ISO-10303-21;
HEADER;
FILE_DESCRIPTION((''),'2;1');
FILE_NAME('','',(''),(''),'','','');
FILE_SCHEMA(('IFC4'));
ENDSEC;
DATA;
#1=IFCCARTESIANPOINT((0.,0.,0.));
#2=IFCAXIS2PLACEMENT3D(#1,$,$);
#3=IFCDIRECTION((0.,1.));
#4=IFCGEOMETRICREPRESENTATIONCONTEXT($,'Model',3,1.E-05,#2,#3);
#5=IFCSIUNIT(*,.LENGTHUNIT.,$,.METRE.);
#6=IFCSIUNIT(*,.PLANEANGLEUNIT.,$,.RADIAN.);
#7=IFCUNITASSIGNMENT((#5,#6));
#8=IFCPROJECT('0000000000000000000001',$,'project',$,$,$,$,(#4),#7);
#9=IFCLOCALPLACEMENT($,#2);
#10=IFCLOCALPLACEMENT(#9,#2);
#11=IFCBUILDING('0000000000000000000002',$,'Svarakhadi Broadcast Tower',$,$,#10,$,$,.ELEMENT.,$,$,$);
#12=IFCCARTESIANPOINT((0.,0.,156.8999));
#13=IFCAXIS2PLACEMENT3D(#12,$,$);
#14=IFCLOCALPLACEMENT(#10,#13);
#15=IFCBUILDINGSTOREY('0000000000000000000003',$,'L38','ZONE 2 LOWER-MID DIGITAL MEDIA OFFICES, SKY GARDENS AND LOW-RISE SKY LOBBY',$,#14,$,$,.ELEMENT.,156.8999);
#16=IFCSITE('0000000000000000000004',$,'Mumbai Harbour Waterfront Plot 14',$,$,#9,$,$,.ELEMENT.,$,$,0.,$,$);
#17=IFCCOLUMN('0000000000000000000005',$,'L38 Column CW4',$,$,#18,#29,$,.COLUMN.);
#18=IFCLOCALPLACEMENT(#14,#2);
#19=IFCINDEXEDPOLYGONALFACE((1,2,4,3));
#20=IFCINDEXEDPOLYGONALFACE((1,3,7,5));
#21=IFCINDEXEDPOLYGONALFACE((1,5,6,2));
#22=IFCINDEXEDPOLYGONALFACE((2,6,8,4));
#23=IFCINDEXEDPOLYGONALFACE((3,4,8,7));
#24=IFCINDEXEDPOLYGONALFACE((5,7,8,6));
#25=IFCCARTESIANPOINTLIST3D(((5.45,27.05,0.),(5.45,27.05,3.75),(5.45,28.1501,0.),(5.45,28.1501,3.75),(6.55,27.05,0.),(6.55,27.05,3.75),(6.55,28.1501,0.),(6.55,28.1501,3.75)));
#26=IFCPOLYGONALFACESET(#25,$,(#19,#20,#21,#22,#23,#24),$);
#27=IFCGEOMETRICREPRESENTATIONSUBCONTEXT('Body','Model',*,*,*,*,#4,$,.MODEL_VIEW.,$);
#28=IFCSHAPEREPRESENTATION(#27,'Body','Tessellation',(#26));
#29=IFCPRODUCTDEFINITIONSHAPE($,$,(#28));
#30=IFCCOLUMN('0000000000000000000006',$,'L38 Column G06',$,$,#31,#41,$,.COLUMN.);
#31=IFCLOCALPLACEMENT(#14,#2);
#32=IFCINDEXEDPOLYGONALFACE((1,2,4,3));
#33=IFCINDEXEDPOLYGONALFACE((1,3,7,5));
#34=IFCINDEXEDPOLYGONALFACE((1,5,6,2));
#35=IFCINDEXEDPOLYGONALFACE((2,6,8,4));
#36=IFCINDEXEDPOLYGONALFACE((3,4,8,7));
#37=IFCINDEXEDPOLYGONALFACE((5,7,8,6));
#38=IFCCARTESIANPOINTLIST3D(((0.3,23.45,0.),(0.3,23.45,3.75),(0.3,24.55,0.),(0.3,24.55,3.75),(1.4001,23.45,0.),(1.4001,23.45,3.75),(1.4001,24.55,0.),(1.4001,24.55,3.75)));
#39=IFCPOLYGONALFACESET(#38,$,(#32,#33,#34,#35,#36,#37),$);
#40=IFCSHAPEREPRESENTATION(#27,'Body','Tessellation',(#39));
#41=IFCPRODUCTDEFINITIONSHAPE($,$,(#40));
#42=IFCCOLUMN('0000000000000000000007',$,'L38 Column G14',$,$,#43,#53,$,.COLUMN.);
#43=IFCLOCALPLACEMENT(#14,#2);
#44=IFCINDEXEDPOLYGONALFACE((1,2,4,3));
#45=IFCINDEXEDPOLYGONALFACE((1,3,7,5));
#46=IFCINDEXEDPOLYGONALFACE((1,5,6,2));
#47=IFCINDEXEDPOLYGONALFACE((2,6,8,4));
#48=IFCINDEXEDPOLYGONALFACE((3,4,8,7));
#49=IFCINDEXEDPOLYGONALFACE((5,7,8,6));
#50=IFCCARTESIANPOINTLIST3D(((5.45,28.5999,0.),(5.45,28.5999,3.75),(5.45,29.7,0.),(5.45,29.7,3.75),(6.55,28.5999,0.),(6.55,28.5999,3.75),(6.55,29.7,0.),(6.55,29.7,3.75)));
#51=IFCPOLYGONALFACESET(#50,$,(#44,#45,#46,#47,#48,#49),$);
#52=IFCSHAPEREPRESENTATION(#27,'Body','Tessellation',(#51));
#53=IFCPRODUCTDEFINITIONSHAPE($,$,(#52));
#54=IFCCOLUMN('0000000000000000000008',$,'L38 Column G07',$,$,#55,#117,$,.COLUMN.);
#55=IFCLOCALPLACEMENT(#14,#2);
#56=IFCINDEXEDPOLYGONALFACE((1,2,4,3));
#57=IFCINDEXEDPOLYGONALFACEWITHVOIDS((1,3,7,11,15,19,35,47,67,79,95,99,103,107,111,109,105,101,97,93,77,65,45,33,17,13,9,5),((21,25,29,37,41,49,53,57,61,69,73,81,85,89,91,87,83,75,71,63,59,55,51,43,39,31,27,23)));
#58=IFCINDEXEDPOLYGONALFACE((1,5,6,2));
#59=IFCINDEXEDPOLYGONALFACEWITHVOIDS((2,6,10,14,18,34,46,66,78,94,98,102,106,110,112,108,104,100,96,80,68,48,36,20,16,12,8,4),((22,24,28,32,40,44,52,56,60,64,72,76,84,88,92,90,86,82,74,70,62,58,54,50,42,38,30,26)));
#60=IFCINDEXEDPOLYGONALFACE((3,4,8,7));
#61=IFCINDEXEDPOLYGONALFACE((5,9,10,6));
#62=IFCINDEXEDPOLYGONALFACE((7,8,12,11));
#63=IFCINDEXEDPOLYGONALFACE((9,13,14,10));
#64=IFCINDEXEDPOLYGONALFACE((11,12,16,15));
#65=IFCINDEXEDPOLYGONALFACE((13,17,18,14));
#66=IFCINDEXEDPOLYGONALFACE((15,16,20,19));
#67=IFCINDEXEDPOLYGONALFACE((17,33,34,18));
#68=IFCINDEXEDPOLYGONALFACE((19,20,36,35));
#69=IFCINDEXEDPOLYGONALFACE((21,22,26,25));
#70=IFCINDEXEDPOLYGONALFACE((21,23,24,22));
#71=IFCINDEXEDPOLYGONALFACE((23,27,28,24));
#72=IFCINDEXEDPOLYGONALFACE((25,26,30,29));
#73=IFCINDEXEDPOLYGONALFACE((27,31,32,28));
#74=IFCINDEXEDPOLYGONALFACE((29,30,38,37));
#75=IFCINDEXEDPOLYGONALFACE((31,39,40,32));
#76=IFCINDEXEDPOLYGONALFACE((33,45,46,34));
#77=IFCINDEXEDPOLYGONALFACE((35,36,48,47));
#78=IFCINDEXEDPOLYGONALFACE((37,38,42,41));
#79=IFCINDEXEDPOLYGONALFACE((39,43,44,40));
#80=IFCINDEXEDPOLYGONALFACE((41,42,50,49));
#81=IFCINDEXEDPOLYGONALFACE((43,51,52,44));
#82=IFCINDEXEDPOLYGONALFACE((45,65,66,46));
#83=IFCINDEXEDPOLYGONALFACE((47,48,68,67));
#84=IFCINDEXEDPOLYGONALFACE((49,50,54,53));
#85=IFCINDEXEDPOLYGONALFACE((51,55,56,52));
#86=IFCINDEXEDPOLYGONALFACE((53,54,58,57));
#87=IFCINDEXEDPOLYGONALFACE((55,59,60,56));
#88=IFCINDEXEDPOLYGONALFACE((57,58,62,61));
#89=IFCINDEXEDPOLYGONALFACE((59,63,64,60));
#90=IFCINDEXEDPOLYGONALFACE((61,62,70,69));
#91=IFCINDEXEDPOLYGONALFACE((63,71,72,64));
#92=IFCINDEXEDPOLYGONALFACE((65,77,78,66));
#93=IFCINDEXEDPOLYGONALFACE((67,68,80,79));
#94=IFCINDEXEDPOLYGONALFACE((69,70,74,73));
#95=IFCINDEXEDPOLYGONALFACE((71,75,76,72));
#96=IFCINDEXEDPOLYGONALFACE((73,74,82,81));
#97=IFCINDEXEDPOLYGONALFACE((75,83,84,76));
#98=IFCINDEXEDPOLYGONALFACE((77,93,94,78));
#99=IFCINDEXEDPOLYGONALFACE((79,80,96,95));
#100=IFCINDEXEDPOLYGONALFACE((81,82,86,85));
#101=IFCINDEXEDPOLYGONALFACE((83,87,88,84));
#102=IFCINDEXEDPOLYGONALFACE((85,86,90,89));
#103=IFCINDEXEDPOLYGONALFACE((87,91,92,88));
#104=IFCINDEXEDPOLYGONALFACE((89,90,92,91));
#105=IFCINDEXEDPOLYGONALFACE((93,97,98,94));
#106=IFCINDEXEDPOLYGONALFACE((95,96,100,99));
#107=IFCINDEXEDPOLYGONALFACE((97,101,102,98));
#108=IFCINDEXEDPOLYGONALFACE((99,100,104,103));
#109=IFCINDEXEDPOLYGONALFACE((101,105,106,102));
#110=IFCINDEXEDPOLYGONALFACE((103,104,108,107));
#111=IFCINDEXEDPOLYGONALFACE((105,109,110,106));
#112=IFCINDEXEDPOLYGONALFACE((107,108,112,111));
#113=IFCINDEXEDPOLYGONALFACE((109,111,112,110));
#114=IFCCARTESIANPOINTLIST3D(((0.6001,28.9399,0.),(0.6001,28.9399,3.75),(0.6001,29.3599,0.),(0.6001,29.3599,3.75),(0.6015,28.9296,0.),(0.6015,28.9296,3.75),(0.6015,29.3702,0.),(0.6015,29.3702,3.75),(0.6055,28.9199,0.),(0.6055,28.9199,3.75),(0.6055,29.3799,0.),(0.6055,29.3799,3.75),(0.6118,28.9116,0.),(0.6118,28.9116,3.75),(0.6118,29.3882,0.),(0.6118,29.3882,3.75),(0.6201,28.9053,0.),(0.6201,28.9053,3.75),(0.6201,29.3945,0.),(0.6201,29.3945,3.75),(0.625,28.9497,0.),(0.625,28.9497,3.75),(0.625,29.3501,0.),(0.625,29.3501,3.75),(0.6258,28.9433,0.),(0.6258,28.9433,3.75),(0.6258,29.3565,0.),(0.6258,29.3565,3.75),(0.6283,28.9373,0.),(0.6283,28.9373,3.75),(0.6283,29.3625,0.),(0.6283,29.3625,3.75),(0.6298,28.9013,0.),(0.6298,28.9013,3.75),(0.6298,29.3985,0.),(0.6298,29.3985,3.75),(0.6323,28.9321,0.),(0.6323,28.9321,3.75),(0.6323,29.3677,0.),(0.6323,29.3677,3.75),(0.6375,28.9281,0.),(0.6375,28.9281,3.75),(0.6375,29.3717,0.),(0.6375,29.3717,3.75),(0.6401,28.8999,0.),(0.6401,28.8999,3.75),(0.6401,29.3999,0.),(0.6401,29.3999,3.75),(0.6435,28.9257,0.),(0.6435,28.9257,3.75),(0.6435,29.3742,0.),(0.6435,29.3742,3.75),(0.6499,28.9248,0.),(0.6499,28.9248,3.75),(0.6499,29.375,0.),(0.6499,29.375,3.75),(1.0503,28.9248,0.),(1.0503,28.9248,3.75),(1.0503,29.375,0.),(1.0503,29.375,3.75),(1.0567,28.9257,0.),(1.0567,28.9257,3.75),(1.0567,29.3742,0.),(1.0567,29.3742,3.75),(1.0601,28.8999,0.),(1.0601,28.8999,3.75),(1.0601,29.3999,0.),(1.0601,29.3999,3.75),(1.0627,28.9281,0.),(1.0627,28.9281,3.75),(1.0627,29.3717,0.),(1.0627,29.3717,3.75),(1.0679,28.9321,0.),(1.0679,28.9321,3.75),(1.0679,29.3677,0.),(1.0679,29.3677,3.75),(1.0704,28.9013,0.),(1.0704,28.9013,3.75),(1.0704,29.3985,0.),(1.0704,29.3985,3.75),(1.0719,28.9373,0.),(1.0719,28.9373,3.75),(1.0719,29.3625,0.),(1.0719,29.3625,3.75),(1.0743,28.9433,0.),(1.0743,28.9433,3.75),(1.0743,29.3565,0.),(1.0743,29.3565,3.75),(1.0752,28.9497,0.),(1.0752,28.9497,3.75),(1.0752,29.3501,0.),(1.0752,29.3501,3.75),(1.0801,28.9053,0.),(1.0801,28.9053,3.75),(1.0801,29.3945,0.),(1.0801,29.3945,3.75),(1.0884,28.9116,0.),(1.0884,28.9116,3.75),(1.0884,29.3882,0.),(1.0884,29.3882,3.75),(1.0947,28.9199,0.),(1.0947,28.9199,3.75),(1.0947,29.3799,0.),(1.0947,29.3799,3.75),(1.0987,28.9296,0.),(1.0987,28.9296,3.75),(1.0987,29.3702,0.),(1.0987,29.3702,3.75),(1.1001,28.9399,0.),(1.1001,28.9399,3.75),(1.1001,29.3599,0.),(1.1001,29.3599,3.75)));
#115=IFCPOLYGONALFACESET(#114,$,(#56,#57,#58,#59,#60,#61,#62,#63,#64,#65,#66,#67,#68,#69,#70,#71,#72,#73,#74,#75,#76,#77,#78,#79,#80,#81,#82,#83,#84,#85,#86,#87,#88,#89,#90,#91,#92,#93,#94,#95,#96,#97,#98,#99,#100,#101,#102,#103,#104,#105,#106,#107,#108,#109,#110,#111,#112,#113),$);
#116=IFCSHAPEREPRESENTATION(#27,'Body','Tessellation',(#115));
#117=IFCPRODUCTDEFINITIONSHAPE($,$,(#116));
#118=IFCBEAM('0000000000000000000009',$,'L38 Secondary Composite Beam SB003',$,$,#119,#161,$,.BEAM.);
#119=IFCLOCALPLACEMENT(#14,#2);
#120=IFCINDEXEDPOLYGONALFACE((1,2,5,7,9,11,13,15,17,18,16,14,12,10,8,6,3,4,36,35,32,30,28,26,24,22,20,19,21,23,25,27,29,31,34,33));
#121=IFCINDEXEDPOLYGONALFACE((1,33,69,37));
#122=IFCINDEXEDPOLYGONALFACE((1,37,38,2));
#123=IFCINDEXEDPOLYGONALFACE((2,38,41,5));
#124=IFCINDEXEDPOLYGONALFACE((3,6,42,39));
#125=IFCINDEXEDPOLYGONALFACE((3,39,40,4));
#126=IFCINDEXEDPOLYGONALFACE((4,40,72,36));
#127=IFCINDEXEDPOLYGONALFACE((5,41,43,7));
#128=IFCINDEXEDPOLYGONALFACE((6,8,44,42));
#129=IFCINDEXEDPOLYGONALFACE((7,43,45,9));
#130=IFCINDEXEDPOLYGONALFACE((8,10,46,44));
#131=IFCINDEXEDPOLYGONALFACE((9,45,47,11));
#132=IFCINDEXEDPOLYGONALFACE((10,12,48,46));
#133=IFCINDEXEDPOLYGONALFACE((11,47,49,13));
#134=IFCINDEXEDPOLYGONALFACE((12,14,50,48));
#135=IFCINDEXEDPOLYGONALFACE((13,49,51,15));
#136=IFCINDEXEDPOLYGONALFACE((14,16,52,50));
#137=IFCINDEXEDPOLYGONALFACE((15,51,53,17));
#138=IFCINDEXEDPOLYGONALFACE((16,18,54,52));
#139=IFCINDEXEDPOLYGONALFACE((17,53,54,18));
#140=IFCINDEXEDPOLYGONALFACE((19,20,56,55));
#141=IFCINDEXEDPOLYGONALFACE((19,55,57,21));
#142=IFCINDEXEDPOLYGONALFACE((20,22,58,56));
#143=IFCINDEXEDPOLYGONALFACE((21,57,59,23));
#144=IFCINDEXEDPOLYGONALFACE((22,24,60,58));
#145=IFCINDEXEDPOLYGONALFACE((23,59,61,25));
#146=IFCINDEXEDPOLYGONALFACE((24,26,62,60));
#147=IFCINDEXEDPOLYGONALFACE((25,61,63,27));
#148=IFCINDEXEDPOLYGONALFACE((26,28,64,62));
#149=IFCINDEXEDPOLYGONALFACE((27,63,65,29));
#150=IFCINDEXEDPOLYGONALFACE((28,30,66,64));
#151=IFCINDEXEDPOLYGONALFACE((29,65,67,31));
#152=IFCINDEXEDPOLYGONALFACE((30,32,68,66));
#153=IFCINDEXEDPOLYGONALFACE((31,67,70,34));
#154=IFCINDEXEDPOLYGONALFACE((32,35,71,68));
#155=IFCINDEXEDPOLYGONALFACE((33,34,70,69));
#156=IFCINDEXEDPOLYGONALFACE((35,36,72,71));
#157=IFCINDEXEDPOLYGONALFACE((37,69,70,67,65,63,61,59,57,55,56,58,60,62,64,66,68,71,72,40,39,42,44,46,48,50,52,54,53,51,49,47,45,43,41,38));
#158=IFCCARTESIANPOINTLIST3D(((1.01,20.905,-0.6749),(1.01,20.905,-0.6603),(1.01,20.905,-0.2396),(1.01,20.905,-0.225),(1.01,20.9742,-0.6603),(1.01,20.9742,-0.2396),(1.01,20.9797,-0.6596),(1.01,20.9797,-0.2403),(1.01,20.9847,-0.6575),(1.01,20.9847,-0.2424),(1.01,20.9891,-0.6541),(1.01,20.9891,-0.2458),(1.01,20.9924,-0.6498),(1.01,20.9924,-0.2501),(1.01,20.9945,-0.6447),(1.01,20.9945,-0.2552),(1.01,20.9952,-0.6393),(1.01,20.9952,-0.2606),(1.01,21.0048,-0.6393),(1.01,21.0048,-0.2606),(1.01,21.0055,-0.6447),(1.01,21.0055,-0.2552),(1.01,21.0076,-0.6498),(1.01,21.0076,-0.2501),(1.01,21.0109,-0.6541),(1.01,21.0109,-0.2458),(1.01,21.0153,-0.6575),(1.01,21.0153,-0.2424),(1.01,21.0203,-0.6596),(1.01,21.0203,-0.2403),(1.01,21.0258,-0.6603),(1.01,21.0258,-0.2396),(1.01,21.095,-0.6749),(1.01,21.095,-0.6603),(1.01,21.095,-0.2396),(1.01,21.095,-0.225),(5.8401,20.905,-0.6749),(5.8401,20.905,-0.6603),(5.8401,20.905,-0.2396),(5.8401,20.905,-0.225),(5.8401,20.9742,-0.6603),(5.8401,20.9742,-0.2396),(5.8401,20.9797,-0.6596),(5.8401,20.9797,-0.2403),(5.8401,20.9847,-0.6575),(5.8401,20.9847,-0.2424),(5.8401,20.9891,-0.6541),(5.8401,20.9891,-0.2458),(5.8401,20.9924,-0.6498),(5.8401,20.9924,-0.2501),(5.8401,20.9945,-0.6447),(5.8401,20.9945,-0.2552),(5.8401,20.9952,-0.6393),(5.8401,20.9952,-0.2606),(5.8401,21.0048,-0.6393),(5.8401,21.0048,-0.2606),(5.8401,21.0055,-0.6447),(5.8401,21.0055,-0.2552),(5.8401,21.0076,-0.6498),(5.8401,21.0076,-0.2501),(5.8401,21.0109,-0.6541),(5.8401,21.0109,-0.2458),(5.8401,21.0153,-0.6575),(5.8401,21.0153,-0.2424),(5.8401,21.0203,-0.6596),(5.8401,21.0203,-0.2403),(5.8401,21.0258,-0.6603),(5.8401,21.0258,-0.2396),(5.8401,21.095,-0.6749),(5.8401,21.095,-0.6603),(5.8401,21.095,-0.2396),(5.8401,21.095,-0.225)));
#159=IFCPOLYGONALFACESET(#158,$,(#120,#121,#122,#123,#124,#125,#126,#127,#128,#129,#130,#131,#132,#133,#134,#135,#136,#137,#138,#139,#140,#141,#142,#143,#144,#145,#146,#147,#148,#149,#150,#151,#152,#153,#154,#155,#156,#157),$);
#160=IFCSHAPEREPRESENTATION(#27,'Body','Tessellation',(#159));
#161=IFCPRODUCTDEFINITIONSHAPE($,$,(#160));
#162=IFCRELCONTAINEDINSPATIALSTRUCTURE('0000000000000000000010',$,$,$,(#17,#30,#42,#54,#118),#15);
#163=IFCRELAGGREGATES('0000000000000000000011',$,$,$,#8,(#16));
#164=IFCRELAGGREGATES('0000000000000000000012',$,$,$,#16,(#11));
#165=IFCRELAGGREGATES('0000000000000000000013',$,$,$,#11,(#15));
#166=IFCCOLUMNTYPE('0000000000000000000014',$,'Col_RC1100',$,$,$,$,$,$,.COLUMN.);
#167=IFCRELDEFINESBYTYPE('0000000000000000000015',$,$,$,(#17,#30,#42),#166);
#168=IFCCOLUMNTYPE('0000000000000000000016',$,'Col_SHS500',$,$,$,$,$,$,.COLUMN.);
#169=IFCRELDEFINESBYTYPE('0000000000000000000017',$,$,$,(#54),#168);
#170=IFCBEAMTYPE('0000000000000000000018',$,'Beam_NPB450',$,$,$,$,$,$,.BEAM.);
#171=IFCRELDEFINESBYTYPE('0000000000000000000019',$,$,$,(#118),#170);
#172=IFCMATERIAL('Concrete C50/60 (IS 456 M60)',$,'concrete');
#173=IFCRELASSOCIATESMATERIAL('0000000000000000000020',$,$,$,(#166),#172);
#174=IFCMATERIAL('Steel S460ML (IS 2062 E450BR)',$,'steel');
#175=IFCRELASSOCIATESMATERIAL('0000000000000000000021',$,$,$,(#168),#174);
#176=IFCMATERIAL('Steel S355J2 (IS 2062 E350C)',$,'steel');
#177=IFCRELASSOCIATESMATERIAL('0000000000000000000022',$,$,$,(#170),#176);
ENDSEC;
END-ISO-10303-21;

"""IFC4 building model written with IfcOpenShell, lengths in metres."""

from ifc_helpers import new_model, si_unit, direction, frame, origin, origin_2d, place, context, subcontext, project, spatial, rectangle, hollow_rectangle, i_section, extrude, material, material_profile, profile_set, type_object, element, save


model = new_model("IFC4")

# Units and contexts
model_context = context("Model", 3, precision=1e-05, world=origin(), true_north=direction((0.0, 1.0)))
body_context = subcontext(model_context, "Body", "Model", "MODEL_VIEW")
ifc_project = project(units=[si_unit("LENGTHUNIT", "METRE"), si_unit("PLANEANGLEUNIT", "RADIAN")], contexts=[model_context])

# Site, building, storey
site_placement = place(None, origin())
site = spatial("IfcSite", under=ifc_project, at=site_placement, Name="Mumbai Harbour Waterfront Plot 14", CompositionType="ELEMENT", RefElevation=0.0)
building_placement = place(site_placement, origin())
building = spatial("IfcBuilding", under=site, at=building_placement, Name="Svarakhadi Broadcast Tower", CompositionType="ELEMENT")
storey_placement = place(building_placement, frame((0.0, 0.0, 156.8999)))
storey = spatial("IfcBuildingStorey", under=building, at=storey_placement, Name="L38", Description="ZONE 2 LOWER-MID DIGITAL MEDIA OFFICES, SKY GARDENS AND LOW-RISE SKY LOBBY", CompositionType="ELEMENT", Elevation=156.8999)

# Columns
ifc_material_1 = material(Name="Concrete C50/60 (IS 456 M60)", Category="concrete")
ifc_material_profile_1 = material_profile(ifc_material_1, rectangle(XDim=1.1001, YDim=1.1001, at=origin_2d()), Name="RC 1100x1100")
ifc_profile_set_1 = profile_set([ifc_material_profile_1], Name="Concrete C50/60 (IS 456 M60)")
column_type_1 = type_object("IfcColumnType", Name="Col_RC1100", PredefinedType="COLUMN", material=ifc_profile_set_1)
for number, where, z_axis, x_axis, name in (
    (1, (6.0, 27.6001, 0.0), (0.0, 0.0, 1.0), (1.0, 0.0, 0.0), "L38 Column CW4"),
    (2, (0.8501, 24.0, 0.0), (0.0, 0.0, 1.0), (1.0, 0.0, 0.0), "L38 Column G06"),
    (3, (6.0, 29.1499, 0.0), (0.0, 0.0, 1.0), (1.0, 0.0, 0.0), "L38 Column G14"),
):
    element("IfcColumn", number, at=place(storey_placement, frame(where, z_axis=z_axis, x_axis=x_axis)), inside=storey, type_object=column_type_1, Name=name, PredefinedType="COLUMN", context=body_context, shape_type="SweptSolid", body=[
        extrude(rectangle(XDim=1.1001, YDim=1.1001, at=origin_2d()), origin(), (0.0, 0.0, 1.0), 3.75),
    ])
ifc_material_2 = material(Name="Steel S460ML (IS 2062 E450BR)", Category="steel")
ifc_material_profile_2 = material_profile(ifc_material_2, hollow_rectangle(XDim=0.5, YDim=0.5, WallThickness=0.0249, InnerFilletRadius=0.0249, OuterFilletRadius=0.04, at=origin_2d()), Name="SHS 500x500x25")
ifc_profile_set_2 = profile_set([ifc_material_profile_2], Name="Steel S460ML (IS 2062 E450BR)")
column_type_2 = type_object("IfcColumnType", Name="Col_SHS500", PredefinedType="COLUMN", material=ifc_profile_set_2)
column_placement = place(storey_placement, frame((0.8501, 29.1499, 0.0), z_axis=(0.0, 0.0, 1.0), x_axis=(1.0, 0.0, 0.0)))
element("IfcColumn", 4, at=column_placement, inside=storey, type_object=column_type_2, Name="L38 Column G07", PredefinedType="COLUMN", context=body_context, shape_type="SweptSolid", body=[
    extrude(hollow_rectangle(XDim=0.5, YDim=0.5, WallThickness=0.0249, InnerFilletRadius=0.0249, OuterFilletRadius=0.04, at=origin_2d()), origin(), (0.0, 0.0, 1.0), 3.75),
])

# Beam
ifc_material_3 = material(Name="Steel S355J2 (IS 2062 E350C)", Category="steel")
ifc_material_profile_3 = material_profile(ifc_material_3, i_section(OverallWidth=0.1899, OverallDepth=0.45, WebThickness=0.0095, FlangeThickness=0.0146, FilletRadius=0.021, at=origin_2d()), Name="NPB 450x190x78")
ifc_profile_set_3 = profile_set([ifc_material_profile_3], Name="Steel S355J2 (IS 2062 E350C)")
beam_type_1 = type_object("IfcBeamType", Name="Beam_NPB450", PredefinedType="BEAM", material=ifc_profile_set_3)
for number, where, z_axis, x_axis, name in (
    (5, (1.01, 21.0, -0.45), (1.0, 0.0, 0.0), (0.0, 1.0, 0.0), "L38 Secondary Composite Beam SB003"),
):
    element("IfcBeam", number, at=place(storey_placement, frame(where, z_axis=z_axis, x_axis=x_axis)), inside=storey, type_object=beam_type_1, Name=name, PredefinedType="BEAM", context=body_context, shape_type="SweptSolid", body=[
        extrude(i_section(OverallWidth=0.1899, OverallDepth=0.45, WebThickness=0.0095, FlangeThickness=0.0146, FilletRadius=0.021, at=origin_2d()), origin(), (0.0, 0.0, 1.0), 4.8301),
    ])

save(model, "model.ifc")
